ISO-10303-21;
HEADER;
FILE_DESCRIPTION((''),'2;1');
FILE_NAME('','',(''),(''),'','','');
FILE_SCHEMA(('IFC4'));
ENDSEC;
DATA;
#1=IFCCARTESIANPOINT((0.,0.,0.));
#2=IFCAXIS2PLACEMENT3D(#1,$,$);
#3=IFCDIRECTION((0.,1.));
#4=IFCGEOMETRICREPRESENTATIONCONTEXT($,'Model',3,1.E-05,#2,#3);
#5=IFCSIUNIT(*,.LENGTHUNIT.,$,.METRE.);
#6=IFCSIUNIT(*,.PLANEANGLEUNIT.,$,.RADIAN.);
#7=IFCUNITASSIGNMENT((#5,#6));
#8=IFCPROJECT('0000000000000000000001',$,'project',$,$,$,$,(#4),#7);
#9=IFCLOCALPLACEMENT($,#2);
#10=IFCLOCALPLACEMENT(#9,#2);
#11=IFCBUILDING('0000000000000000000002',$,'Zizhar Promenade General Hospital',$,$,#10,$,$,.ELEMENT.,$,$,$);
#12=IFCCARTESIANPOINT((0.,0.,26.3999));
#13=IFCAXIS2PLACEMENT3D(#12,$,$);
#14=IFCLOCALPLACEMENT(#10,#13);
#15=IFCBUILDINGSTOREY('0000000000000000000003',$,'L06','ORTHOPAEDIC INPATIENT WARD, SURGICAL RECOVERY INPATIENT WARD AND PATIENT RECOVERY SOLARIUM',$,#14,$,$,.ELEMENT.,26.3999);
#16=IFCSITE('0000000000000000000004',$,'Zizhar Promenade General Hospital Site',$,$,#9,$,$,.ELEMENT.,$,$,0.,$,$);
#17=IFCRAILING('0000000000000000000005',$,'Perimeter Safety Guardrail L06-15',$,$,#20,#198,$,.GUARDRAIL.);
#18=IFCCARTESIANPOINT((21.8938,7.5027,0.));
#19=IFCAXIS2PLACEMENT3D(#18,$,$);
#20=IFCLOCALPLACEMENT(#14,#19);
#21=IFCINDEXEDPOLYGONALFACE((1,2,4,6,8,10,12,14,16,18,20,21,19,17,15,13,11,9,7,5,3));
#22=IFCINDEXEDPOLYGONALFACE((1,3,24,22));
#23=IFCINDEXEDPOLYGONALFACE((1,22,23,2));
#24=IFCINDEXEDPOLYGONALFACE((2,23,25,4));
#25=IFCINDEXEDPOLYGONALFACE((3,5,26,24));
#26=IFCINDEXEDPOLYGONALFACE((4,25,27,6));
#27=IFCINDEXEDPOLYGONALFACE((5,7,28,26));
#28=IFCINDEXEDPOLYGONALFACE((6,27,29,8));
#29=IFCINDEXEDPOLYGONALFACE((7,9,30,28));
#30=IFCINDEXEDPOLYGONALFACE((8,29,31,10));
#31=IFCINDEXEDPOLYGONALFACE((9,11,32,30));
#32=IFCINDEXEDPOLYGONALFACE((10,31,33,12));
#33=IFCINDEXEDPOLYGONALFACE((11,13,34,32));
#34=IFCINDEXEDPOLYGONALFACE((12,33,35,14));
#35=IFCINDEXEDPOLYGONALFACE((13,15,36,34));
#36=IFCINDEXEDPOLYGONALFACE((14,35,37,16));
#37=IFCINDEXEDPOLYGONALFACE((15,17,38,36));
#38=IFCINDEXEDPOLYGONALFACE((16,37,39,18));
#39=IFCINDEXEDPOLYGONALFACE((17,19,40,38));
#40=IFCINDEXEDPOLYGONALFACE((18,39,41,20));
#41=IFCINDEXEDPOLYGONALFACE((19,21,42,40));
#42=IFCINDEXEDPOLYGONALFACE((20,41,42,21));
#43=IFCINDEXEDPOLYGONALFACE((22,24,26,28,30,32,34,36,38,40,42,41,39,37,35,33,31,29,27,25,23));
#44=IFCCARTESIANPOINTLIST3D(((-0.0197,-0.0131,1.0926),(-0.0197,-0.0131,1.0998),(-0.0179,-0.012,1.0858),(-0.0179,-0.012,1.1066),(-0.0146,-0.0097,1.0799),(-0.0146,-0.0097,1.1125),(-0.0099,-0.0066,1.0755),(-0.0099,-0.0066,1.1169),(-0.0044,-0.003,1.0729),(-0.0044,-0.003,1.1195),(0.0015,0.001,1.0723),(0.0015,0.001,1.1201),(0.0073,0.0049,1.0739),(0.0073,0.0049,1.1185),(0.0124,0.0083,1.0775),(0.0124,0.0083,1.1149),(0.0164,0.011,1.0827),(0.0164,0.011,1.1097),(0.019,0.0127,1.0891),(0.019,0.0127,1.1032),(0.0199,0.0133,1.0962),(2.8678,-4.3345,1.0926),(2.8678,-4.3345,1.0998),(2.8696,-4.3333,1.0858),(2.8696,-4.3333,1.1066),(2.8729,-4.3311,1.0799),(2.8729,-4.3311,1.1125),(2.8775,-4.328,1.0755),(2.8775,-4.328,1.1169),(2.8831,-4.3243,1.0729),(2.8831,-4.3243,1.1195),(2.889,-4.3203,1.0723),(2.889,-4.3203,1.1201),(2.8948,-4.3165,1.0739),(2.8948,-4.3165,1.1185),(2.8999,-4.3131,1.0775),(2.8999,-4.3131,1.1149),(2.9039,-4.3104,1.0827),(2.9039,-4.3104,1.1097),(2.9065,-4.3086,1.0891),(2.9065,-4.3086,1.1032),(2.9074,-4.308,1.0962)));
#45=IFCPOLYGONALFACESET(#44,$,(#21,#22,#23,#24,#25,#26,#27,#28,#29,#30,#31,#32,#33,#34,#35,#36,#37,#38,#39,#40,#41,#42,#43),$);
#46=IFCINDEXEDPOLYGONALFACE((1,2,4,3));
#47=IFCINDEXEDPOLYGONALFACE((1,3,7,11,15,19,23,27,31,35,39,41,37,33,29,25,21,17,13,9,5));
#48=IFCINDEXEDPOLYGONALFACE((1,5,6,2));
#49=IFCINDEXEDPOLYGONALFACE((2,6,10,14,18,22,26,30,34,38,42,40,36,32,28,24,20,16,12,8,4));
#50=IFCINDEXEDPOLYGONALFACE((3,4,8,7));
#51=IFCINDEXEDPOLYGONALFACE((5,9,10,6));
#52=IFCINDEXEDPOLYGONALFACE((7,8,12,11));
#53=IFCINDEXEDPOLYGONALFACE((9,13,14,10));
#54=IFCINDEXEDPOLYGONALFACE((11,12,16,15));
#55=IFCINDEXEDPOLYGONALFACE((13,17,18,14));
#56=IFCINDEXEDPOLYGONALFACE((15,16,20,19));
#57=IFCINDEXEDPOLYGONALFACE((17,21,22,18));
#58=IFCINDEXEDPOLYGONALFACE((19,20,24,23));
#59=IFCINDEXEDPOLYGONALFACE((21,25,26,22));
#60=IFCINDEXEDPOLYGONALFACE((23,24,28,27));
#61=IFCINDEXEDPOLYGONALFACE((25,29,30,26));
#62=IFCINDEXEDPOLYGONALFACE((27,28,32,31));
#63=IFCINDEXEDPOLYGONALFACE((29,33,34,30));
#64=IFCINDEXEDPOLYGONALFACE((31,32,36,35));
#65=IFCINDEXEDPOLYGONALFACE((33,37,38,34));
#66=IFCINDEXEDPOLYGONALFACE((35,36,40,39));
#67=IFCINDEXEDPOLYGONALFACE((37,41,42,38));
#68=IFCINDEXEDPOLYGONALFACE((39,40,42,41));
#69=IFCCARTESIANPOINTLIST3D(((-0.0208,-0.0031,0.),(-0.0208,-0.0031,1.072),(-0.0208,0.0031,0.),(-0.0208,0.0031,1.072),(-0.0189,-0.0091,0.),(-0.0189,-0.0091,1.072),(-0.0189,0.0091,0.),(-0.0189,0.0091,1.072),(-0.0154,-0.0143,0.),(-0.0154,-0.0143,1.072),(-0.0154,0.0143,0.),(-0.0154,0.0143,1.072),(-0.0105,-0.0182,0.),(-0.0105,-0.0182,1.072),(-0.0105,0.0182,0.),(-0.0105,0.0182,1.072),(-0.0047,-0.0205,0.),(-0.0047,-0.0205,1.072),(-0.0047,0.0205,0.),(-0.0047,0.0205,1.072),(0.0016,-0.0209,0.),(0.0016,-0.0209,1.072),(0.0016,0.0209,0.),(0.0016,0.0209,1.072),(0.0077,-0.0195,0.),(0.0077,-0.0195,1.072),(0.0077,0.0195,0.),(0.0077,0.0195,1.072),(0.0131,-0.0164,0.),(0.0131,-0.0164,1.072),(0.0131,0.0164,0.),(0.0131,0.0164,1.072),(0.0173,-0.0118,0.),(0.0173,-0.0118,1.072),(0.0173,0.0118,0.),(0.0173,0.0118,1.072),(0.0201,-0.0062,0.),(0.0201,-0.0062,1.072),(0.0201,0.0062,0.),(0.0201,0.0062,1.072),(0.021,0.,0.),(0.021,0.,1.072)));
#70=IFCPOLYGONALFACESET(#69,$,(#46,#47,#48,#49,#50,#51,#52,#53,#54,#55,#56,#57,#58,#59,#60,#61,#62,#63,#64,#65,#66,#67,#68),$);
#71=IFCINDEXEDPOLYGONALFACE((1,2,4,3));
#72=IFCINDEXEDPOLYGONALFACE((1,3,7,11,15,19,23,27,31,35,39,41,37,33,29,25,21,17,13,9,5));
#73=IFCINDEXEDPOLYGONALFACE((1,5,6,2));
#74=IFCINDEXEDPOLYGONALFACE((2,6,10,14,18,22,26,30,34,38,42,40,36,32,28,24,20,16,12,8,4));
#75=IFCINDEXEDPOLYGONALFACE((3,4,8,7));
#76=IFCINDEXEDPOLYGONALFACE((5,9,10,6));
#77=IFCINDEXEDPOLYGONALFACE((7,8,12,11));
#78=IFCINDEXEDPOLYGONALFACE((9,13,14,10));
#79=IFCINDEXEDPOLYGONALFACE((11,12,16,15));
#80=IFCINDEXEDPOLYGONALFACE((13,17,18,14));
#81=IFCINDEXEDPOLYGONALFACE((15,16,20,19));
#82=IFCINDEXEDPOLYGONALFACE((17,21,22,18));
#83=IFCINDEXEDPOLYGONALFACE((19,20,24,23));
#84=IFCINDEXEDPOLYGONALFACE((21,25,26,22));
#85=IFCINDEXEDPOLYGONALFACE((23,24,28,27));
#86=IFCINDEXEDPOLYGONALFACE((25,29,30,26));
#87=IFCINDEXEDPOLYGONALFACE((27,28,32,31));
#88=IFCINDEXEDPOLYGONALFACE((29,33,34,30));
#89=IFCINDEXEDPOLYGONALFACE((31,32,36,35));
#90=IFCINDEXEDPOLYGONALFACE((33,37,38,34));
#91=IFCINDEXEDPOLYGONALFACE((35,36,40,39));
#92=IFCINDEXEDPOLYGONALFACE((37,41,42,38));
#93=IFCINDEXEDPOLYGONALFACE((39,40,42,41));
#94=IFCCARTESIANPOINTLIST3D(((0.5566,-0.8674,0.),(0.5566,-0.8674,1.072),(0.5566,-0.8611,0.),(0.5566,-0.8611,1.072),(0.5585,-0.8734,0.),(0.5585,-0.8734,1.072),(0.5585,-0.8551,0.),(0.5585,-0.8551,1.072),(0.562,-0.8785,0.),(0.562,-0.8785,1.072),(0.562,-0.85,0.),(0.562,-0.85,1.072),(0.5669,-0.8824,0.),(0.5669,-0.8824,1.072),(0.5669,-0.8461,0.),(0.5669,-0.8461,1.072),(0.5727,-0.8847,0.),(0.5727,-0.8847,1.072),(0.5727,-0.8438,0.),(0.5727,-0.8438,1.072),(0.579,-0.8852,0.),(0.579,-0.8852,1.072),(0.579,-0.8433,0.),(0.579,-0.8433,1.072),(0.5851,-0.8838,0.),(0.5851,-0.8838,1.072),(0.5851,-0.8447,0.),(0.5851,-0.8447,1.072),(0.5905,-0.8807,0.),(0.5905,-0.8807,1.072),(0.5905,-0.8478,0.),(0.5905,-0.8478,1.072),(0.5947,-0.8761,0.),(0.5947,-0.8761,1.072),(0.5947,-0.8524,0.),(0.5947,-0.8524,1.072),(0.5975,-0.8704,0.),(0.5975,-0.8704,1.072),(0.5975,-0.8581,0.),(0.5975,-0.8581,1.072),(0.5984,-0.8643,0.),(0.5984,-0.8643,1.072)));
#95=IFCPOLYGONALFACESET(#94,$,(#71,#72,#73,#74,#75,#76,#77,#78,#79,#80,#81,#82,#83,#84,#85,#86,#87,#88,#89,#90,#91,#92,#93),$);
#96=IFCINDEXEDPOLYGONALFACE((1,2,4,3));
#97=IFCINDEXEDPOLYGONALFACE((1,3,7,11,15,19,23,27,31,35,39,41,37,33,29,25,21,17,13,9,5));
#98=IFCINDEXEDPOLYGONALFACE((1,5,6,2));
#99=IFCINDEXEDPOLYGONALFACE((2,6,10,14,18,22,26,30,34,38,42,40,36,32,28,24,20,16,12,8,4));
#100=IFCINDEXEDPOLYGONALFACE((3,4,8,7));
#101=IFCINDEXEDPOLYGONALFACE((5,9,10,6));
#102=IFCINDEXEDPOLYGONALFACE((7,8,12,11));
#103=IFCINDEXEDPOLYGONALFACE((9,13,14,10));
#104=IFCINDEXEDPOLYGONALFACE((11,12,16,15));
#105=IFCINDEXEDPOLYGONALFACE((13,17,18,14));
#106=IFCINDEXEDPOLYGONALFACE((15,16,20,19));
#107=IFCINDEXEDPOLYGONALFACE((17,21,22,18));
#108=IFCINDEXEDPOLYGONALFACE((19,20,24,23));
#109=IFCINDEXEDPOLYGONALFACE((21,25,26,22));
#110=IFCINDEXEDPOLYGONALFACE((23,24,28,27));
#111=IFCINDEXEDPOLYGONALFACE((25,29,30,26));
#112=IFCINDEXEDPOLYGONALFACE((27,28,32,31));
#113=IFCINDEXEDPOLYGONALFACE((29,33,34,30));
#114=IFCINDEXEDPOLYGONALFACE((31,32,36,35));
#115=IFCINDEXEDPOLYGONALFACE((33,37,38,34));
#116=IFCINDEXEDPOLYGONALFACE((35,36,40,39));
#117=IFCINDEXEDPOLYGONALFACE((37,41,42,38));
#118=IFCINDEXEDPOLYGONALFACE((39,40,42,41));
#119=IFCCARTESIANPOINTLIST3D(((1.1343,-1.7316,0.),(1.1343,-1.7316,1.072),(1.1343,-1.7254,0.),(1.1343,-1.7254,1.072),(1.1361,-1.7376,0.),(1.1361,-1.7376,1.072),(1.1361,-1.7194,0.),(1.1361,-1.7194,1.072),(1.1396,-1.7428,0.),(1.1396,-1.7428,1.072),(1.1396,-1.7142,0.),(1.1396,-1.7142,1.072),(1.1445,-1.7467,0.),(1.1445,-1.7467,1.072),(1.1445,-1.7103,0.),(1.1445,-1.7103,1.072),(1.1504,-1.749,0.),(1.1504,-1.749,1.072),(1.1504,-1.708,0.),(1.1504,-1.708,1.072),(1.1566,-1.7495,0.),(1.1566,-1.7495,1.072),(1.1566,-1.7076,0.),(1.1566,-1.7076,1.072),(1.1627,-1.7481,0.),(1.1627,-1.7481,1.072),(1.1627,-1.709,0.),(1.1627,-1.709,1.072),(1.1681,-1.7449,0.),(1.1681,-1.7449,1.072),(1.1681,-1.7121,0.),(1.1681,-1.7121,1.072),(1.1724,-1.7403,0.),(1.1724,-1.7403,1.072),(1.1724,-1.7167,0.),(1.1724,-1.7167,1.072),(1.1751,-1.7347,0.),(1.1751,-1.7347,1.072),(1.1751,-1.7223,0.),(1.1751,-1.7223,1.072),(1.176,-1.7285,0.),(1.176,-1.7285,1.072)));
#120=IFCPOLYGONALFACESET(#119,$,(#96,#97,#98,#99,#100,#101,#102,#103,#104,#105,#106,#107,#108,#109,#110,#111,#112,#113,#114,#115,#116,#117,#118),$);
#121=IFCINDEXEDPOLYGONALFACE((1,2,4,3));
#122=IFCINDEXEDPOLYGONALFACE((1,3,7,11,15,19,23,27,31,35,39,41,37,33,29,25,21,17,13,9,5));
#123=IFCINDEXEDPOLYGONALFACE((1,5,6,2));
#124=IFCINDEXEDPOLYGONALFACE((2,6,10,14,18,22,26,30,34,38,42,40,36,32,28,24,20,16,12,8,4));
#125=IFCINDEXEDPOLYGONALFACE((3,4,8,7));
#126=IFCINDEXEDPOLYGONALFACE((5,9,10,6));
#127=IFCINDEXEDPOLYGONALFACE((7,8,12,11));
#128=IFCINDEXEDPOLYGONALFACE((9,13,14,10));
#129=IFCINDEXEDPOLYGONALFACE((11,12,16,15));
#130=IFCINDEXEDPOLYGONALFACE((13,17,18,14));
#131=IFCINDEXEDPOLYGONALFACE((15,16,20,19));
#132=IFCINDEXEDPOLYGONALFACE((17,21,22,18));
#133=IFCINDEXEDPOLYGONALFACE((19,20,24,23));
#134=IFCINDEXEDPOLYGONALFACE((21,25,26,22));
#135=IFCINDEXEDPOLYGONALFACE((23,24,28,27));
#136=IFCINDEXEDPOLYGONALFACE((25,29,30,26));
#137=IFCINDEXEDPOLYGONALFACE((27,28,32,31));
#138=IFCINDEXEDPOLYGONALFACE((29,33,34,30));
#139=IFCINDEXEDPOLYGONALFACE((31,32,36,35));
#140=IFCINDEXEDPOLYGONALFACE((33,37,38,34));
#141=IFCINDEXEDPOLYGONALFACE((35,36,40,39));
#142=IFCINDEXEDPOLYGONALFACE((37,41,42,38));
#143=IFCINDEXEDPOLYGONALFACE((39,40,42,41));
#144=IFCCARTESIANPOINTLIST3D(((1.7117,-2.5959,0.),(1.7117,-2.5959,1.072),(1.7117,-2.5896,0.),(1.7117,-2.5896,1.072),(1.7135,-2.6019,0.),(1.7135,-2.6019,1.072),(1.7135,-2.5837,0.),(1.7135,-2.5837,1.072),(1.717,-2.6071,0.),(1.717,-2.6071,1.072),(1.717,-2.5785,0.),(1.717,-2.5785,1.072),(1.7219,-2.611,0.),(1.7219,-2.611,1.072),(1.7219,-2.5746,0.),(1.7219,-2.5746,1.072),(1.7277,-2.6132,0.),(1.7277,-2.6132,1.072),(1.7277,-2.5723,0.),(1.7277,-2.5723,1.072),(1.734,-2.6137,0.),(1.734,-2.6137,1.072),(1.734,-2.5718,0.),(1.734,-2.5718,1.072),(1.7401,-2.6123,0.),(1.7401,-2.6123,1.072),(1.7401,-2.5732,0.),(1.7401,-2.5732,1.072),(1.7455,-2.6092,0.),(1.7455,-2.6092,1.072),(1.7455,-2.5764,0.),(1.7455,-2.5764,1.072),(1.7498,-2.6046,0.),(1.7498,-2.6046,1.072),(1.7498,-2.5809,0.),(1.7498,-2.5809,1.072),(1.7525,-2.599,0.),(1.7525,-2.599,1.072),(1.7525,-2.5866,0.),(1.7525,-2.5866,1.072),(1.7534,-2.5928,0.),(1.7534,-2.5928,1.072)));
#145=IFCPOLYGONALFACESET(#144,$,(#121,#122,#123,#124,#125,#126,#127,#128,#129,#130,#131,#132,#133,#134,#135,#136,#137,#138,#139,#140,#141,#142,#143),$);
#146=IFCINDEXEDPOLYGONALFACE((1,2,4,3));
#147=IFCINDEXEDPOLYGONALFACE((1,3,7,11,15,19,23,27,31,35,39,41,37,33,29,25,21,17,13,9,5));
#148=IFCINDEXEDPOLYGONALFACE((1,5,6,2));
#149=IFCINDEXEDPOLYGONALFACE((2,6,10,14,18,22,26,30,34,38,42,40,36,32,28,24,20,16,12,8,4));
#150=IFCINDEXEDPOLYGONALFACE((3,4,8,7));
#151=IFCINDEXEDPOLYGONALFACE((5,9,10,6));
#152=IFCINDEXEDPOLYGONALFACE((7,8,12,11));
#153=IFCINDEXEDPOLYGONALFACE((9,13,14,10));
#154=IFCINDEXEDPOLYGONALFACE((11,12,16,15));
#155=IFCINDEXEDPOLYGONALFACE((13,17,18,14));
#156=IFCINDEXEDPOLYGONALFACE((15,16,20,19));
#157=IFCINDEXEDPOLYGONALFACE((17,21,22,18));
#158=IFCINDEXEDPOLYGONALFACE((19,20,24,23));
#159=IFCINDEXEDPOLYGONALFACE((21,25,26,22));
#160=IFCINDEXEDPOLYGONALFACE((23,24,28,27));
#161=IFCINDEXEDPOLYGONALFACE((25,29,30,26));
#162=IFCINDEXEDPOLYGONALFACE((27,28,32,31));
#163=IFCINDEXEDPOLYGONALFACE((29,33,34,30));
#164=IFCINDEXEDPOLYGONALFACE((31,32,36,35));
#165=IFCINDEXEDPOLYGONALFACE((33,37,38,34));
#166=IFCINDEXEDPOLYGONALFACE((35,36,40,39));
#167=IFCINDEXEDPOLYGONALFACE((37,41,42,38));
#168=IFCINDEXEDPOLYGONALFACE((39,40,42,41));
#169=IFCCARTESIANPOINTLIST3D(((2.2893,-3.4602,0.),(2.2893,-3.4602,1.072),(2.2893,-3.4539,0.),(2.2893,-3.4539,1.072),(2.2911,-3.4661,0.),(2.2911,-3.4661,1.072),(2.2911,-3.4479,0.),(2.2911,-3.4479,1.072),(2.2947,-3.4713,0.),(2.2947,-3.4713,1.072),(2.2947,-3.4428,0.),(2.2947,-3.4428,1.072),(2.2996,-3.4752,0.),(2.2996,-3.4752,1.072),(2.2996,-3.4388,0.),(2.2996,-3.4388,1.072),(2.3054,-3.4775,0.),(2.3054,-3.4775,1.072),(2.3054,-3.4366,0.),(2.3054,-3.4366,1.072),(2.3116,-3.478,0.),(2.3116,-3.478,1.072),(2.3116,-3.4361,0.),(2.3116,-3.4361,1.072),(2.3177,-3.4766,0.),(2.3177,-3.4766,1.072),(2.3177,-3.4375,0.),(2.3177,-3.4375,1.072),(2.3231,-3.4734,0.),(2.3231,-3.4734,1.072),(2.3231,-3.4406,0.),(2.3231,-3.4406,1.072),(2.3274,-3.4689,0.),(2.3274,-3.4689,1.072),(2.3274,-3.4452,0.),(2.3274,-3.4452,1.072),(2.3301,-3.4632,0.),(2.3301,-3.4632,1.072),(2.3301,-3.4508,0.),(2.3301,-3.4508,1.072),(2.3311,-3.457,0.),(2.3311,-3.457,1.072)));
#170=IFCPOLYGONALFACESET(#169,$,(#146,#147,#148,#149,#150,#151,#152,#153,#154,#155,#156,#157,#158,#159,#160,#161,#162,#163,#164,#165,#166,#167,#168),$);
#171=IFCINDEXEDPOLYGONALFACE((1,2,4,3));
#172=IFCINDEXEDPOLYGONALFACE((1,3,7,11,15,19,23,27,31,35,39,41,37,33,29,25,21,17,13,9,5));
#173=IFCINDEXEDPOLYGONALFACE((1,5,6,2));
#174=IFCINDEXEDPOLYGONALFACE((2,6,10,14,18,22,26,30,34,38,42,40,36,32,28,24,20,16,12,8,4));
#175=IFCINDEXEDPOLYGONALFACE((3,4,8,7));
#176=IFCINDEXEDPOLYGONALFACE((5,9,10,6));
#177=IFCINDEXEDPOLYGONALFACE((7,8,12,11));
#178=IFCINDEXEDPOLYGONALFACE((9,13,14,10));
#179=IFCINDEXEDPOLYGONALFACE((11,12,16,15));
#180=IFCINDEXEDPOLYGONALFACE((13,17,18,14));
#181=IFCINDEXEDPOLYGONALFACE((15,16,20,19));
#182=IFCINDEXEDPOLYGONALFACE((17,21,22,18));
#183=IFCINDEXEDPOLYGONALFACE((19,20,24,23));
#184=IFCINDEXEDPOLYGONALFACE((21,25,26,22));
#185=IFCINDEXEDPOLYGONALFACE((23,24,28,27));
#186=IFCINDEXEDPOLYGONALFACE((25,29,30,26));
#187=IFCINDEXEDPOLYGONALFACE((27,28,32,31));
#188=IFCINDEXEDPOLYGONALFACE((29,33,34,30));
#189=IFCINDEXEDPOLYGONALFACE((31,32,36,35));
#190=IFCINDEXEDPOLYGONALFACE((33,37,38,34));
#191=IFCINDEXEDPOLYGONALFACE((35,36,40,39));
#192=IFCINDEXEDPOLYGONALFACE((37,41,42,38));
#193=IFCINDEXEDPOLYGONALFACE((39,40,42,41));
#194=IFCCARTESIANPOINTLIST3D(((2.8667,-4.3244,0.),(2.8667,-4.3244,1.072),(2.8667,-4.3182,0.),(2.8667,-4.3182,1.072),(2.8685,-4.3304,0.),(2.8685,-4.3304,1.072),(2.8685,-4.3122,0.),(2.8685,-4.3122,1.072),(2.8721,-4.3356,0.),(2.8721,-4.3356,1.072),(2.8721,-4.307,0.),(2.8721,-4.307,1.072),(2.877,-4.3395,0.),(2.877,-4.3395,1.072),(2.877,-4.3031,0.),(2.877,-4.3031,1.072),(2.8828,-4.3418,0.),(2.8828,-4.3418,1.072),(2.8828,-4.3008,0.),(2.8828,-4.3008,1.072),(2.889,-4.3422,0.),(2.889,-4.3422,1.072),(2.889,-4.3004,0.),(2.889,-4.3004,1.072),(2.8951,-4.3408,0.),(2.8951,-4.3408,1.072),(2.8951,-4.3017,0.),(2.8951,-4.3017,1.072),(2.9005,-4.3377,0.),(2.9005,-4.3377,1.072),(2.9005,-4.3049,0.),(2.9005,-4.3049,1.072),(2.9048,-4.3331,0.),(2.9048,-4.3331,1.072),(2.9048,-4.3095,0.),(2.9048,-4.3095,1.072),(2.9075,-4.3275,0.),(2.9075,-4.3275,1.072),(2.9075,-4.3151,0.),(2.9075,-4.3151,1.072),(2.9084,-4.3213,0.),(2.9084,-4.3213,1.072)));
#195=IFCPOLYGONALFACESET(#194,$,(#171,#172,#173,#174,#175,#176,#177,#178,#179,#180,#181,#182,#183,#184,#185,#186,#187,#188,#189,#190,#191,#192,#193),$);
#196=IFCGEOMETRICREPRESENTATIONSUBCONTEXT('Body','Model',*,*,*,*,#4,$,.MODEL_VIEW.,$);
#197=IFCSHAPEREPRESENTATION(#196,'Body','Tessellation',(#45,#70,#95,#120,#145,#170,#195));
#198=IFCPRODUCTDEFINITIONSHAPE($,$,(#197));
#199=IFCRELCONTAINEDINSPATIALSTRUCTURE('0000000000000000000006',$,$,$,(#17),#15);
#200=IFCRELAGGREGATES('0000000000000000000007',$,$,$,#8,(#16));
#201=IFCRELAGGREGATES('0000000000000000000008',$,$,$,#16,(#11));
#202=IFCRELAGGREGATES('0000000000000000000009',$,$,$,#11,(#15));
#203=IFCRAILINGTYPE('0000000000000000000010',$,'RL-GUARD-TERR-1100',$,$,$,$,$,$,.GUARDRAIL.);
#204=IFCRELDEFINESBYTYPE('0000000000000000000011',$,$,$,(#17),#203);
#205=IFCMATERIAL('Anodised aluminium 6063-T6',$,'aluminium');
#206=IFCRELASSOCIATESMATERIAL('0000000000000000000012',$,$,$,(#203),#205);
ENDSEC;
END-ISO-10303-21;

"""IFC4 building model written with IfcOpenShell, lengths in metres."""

from ifc_helpers import new_model, si_unit, direction, frame, origin, origin_2d, place, context, subcontext, project, spatial, circle, hollow_circle, extrude, material, material_profile, profile_set, type_object, element, save


model = new_model("IFC4")

# Units and contexts
model_context = context("Model", 3, precision=1e-05, world=origin(), true_north=direction((0.0, 1.0)))
body_context = subcontext(model_context, "Body", "Model", "MODEL_VIEW")
ifc_project = project(units=[si_unit("LENGTHUNIT", "METRE"), si_unit("PLANEANGLEUNIT", "RADIAN")], contexts=[model_context])

# Site, building, storey
site_placement = place(None, origin())
site = spatial("IfcSite", under=ifc_project, at=site_placement, Name="Zizhar Promenade General Hospital Site", CompositionType="ELEMENT", RefElevation=0.0)
building_placement = place(site_placement, origin())
building = spatial("IfcBuilding", under=site, at=building_placement, Name="Zizhar Promenade General Hospital", CompositionType="ELEMENT")
storey_placement = place(building_placement, frame((0.0, 0.0, 26.3999)))
storey = spatial("IfcBuildingStorey", under=building, at=storey_placement, Name="L06", Description="ORTHOPAEDIC INPATIENT WARD, SURGICAL RECOVERY INPATIENT WARD AND PATIENT RECOVERY SOLARIUM", CompositionType="ELEMENT", Elevation=26.3999)

# Railing
ifc_material_1 = material(Name="Anodised aluminium 6063-T6", Category="aluminium")
ifc_material_profile_1 = material_profile(ifc_material_1, hollow_circle(Radius=0.0698, WallThickness=0.0063, at=origin_2d()))
ifc_profile_set_1 = profile_set([ifc_material_profile_1], Name="Anodised aluminium 6063-T6")
railing_type = type_object("IfcRailingType", Name="RL-GUARD-TERR-1100", PredefinedType="GUARDRAIL", material=ifc_profile_set_1)
railing_1_placement = place(storey_placement, frame((21.8938, 7.5027, 0.0)))
element("IfcRailing", 1, at=railing_1_placement, inside=storey, type_object=railing_type, Name="Perimeter Safety Guardrail L06-15", PredefinedType="GUARDRAIL", context=body_context, shape_type="SweptSolid", body=[
    extrude(circle(Radius=0.0239, at=origin_2d()), frame((0.0, 0.0, 1.0962), z_axis=(0.555578, -0.831464, 0.0), x_axis=(0.831464, 0.555578, 0.0)), (0.0, 0.0, 1.0), 5.1973),
    extrude(circle(Radius=0.021, at=origin_2d()), origin(), (0.0, 0.0, 1.0), 1.072),
    extrude(circle(Radius=0.021, at=origin_2d()), frame((0.5774, -0.8643, 0.0)), (0.0, 0.0, 1.0), 1.072),
    extrude(circle(Radius=0.021, at=origin_2d()), frame((1.155, -1.7285, 0.0)), (0.0, 0.0, 1.0), 1.072),
    extrude(circle(Radius=0.021, at=origin_2d()), frame((1.7324, -2.5928, 0.0)), (0.0, 0.0, 1.0), 1.072),
    extrude(circle(Radius=0.021, at=origin_2d()), frame((2.3101, -3.457, 0.0)), (0.0, 0.0, 1.0), 1.072),
    extrude(circle(Radius=0.021, at=origin_2d()), frame((2.8875, -4.3213, 0.0)), (0.0, 0.0, 1.0), 1.072),
])

save(model, "model.ifc")
